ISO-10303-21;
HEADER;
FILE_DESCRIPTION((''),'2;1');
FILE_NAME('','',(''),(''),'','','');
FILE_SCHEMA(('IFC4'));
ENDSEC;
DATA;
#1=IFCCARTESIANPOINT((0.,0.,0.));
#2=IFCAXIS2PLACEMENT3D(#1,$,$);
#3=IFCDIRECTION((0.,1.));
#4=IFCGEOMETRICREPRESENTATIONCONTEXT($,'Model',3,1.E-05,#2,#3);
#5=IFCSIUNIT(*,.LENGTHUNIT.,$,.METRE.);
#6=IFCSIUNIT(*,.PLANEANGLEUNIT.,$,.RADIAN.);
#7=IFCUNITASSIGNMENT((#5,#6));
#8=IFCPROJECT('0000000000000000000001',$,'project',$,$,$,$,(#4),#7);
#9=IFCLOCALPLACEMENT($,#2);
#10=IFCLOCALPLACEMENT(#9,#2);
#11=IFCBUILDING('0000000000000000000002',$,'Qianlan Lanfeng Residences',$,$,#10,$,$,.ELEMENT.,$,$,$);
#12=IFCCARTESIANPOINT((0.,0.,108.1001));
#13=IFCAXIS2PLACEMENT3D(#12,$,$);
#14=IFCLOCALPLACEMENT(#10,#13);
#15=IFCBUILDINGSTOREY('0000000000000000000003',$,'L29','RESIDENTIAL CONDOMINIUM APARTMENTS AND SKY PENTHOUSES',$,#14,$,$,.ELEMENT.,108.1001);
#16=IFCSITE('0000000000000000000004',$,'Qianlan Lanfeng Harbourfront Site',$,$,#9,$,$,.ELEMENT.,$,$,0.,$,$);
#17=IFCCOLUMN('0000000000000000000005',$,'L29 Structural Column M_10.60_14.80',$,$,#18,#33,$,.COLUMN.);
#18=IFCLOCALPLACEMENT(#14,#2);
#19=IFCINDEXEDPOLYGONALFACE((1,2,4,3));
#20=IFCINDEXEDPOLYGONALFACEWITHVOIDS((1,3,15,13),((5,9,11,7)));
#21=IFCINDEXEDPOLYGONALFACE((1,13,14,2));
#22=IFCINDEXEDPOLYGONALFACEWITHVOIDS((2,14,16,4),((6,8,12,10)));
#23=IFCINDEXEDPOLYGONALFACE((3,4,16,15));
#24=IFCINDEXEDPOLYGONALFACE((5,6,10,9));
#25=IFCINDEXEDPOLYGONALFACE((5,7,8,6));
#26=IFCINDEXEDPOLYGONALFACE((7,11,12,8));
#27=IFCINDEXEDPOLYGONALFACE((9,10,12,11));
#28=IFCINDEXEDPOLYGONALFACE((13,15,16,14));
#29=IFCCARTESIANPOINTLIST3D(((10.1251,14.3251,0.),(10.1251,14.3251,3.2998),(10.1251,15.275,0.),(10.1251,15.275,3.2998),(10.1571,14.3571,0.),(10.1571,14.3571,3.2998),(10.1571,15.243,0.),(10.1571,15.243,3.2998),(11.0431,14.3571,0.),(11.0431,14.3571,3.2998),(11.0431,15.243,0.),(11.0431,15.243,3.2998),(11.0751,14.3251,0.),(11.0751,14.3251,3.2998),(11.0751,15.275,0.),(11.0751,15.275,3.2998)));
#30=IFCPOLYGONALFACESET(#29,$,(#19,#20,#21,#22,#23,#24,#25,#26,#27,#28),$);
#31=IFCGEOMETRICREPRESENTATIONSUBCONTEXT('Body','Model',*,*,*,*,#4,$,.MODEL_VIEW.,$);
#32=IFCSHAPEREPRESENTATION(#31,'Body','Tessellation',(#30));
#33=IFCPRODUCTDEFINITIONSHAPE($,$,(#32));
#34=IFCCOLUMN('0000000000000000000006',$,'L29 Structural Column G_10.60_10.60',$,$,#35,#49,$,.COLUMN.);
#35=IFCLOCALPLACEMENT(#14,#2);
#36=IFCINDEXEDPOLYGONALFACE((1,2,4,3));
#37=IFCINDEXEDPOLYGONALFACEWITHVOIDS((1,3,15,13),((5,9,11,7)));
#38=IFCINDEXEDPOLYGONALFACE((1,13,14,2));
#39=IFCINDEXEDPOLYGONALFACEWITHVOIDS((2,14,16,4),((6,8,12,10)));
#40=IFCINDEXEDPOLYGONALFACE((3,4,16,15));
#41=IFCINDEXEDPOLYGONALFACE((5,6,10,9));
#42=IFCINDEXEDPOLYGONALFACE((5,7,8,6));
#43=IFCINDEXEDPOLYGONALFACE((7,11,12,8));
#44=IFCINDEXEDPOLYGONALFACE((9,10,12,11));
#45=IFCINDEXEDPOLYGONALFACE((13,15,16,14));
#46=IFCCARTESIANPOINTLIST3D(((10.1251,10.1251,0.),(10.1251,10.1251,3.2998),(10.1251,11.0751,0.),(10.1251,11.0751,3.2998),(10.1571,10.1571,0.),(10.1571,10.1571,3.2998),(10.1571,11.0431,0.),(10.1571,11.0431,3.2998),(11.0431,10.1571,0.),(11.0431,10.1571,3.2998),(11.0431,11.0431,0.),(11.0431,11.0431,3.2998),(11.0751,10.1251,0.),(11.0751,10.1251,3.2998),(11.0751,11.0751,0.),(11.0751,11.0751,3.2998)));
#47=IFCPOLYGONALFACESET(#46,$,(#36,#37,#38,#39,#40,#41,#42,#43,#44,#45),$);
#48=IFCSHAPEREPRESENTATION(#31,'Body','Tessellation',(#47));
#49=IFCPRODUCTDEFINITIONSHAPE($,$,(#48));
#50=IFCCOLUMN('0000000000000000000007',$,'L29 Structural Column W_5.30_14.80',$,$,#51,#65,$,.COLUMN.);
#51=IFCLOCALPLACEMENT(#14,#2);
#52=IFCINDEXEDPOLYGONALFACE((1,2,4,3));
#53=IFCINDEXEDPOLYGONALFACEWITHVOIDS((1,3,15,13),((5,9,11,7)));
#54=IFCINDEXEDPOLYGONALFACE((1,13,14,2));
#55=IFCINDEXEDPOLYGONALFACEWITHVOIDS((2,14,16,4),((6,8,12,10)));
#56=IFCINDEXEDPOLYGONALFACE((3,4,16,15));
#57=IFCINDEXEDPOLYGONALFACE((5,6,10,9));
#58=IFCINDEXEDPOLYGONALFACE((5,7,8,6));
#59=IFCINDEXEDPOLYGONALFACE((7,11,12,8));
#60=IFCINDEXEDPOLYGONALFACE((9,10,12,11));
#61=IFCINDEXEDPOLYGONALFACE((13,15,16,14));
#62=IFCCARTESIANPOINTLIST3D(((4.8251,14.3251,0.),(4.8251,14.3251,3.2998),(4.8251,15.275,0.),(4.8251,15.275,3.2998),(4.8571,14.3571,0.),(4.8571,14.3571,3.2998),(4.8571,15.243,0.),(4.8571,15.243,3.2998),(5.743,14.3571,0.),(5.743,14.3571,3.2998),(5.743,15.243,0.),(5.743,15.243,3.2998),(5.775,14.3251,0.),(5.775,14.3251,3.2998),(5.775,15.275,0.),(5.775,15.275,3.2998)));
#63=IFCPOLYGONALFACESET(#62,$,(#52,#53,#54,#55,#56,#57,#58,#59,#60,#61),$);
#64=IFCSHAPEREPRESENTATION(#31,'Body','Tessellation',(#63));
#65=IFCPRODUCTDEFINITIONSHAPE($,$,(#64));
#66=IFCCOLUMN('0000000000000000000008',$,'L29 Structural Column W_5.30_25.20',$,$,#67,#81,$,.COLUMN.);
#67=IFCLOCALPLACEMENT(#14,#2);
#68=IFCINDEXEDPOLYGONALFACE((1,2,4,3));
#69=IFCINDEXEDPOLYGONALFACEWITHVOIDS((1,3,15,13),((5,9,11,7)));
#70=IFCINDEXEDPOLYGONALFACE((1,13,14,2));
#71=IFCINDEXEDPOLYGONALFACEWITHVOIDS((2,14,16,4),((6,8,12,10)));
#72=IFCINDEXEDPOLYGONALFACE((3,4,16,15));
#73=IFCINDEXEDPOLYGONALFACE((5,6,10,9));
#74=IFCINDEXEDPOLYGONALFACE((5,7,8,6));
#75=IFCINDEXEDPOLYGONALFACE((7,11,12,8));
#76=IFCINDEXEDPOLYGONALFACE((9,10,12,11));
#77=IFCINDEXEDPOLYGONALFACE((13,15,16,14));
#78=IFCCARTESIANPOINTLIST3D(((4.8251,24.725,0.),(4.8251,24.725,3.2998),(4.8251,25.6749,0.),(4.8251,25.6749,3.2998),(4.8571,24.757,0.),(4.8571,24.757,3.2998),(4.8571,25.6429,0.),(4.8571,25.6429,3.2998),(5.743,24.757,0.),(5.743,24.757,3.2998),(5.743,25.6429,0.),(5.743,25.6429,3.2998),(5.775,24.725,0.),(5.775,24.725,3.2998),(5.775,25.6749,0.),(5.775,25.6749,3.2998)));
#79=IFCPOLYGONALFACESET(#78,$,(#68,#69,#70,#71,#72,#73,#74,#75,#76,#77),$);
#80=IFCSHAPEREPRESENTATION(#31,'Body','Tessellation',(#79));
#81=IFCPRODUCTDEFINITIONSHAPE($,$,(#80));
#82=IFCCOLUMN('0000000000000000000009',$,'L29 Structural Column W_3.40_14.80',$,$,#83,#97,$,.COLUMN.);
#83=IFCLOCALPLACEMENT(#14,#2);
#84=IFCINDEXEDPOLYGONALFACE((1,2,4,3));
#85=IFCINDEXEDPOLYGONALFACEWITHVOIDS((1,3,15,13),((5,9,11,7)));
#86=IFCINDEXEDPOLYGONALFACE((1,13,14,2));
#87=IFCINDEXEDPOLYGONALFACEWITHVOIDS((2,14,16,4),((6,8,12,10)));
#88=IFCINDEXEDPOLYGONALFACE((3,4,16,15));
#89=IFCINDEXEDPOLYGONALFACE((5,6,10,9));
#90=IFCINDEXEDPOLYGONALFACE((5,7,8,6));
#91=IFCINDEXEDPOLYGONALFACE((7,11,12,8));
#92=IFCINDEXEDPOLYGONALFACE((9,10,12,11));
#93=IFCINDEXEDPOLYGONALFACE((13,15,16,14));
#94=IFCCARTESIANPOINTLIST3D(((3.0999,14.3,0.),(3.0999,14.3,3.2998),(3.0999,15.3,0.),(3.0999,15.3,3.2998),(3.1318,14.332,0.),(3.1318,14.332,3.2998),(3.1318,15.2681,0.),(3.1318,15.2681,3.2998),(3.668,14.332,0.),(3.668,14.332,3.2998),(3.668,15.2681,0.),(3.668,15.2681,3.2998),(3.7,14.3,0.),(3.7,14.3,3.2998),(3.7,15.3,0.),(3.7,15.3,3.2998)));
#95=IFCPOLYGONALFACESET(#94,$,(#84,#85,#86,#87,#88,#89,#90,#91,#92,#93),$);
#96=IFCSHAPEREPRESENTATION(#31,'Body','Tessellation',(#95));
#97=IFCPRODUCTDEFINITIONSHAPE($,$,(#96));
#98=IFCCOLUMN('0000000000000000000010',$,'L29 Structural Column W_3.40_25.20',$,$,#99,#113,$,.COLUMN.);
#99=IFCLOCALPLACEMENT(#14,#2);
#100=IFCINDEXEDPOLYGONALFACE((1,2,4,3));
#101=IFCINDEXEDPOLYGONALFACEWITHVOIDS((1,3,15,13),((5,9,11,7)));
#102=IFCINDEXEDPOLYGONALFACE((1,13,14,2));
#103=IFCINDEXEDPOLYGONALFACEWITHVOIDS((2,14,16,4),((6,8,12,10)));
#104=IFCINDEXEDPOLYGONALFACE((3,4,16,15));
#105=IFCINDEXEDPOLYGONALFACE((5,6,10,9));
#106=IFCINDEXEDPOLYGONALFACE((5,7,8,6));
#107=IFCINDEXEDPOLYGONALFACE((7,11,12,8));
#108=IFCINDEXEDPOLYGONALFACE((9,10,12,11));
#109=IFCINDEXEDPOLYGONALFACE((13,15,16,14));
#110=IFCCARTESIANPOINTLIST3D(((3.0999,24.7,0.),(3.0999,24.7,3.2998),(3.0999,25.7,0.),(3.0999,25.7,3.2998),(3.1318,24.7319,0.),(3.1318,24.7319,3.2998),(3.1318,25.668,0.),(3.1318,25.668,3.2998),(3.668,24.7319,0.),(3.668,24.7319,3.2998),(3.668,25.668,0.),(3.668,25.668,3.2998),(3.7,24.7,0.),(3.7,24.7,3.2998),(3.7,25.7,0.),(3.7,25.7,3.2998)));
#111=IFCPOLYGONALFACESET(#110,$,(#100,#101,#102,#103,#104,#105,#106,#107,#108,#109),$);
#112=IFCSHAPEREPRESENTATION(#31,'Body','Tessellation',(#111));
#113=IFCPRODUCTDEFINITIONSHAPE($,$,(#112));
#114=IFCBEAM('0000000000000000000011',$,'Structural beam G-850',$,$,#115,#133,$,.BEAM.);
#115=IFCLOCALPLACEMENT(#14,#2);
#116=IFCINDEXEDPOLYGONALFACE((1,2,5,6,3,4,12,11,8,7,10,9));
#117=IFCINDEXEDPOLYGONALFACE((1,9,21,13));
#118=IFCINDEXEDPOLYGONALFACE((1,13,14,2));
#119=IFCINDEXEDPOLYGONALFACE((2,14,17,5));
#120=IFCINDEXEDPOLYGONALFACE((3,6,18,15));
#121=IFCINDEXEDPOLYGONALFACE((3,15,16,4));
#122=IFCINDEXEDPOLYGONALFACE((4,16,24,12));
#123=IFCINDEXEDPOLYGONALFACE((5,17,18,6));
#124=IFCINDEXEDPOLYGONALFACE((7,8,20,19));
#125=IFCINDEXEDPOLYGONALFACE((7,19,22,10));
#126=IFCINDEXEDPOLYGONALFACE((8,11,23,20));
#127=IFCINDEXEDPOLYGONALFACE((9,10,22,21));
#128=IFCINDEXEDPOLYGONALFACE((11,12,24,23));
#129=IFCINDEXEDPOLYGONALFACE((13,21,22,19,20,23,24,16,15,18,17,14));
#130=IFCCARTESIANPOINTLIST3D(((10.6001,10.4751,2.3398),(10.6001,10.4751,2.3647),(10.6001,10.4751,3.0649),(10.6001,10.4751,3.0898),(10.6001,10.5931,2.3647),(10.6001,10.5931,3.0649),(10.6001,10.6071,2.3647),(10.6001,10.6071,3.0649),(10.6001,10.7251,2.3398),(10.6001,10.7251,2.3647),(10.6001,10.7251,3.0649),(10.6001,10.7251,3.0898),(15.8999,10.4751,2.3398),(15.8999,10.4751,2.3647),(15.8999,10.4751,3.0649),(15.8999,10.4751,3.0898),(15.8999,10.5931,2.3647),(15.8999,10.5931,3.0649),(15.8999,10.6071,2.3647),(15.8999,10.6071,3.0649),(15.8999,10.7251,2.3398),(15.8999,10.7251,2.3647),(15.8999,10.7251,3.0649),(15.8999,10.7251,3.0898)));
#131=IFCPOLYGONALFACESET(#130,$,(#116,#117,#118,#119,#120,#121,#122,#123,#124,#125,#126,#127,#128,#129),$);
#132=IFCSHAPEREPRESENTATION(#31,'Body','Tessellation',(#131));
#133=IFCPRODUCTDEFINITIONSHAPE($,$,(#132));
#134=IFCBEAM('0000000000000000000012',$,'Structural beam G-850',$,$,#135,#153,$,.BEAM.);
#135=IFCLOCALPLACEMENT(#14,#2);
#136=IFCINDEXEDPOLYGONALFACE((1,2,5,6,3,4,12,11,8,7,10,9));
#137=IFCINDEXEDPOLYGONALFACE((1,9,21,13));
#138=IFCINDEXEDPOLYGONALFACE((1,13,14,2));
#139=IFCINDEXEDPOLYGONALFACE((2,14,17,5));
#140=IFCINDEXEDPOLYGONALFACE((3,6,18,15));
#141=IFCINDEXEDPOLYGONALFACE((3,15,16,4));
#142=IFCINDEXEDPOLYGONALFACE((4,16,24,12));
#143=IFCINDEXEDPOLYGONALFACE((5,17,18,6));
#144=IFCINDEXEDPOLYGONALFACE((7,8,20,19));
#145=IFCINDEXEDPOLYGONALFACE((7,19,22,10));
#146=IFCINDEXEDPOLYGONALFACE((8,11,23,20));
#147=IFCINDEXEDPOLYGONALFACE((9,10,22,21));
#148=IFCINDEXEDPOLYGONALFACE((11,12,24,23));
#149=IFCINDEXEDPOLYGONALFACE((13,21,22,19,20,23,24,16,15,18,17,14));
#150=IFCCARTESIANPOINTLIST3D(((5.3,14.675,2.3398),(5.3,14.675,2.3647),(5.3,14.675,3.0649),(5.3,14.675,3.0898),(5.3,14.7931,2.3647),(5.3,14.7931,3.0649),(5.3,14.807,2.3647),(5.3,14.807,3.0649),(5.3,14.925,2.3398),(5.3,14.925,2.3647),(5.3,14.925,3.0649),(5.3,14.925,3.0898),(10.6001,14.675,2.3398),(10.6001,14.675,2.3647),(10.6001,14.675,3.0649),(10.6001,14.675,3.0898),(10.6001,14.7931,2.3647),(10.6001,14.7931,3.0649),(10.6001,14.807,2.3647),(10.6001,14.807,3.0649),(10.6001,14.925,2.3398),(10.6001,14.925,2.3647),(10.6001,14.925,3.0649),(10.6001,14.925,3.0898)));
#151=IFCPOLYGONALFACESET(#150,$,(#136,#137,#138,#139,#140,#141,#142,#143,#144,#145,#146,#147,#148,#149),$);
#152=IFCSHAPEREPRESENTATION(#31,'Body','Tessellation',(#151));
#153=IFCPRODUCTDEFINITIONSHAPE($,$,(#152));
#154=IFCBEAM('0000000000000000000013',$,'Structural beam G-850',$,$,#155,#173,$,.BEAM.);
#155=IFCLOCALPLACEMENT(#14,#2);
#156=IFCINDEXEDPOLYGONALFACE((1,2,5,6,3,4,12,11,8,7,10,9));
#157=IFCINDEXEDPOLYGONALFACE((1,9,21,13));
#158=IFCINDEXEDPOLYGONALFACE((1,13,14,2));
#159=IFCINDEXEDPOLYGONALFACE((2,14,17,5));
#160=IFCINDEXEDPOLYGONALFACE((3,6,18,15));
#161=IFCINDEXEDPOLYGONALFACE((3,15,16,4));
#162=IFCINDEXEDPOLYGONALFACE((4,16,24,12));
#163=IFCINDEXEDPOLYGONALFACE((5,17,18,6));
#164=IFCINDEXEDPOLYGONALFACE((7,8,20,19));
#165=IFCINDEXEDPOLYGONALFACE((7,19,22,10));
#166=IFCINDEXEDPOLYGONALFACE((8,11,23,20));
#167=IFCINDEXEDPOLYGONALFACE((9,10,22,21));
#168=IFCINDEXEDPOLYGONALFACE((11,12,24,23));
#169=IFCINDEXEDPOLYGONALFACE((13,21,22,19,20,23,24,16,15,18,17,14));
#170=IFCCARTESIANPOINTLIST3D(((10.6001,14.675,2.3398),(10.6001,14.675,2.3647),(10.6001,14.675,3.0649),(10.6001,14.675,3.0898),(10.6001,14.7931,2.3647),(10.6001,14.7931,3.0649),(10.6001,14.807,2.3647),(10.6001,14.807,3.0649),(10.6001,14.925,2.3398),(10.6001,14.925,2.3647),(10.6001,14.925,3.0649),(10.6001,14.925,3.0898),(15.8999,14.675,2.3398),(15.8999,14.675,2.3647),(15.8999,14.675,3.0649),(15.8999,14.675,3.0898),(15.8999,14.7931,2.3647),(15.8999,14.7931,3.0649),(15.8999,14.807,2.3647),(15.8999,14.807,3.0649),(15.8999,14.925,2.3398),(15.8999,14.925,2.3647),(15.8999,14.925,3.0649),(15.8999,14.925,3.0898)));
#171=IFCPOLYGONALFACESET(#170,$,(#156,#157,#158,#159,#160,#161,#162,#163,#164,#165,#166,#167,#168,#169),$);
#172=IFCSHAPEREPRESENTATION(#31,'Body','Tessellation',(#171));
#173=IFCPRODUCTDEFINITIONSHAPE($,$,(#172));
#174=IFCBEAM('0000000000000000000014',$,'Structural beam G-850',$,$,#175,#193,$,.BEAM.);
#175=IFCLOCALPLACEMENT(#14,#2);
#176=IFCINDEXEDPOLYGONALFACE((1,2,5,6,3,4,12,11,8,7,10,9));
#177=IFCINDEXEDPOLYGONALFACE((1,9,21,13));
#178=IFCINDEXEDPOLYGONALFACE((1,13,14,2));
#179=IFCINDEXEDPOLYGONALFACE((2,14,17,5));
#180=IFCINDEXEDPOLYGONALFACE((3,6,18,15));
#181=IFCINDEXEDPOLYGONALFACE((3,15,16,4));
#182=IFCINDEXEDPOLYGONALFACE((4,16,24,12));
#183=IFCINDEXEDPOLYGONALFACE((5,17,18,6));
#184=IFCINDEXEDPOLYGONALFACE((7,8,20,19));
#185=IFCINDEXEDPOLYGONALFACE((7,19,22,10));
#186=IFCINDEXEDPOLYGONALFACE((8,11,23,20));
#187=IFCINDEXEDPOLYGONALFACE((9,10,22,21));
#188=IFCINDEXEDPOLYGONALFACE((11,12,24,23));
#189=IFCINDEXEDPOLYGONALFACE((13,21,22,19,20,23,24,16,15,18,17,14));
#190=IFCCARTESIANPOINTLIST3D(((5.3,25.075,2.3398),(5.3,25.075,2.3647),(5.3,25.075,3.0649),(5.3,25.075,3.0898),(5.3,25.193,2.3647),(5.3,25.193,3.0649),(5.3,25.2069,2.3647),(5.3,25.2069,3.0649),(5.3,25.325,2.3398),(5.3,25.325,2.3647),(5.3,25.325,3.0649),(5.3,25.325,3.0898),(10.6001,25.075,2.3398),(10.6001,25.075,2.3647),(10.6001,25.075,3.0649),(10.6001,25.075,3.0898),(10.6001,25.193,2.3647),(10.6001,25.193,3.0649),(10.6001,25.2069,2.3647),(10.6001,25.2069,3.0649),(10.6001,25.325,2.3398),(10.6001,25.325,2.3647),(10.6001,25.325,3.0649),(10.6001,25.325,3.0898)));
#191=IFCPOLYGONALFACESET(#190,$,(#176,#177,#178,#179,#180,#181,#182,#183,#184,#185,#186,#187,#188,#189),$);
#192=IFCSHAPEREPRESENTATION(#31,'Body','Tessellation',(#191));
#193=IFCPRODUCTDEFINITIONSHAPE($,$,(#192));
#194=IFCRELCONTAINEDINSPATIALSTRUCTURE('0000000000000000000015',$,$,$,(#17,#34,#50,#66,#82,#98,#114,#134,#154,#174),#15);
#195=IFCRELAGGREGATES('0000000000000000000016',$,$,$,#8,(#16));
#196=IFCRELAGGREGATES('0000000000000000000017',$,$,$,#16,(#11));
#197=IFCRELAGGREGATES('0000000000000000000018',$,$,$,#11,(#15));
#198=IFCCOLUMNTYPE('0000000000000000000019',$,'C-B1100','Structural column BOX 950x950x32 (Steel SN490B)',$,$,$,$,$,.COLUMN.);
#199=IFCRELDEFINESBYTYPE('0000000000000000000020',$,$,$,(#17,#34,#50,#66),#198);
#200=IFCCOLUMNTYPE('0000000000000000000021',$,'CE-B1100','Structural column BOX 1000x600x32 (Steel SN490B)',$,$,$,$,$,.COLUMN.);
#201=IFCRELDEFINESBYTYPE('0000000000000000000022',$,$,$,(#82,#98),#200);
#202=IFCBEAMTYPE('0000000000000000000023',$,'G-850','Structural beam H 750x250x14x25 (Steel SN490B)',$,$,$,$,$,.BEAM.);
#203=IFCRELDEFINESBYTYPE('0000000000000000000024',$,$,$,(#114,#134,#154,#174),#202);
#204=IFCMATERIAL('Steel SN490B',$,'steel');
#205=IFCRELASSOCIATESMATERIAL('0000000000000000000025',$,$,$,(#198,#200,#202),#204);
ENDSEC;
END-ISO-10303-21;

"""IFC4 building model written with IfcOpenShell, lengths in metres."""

from ifc_helpers import new_model, si_unit, direction, frame, origin, origin_2d, place, context, subcontext, project, spatial, hollow_rectangle, i_section, extrude, material, material_profile, profile_set, type_object, element, save


model = new_model("IFC4")

# Units and contexts
model_context = context("Model", 3, precision=1e-05, world=origin(), true_north=direction((0.0, 1.0)))
body_context = subcontext(model_context, "Body", "Model", "MODEL_VIEW")
ifc_project = project(units=[si_unit("LENGTHUNIT", "METRE"), si_unit("PLANEANGLEUNIT", "RADIAN")], contexts=[model_context])

# Site, building, storey
site_placement = place(None, origin())
site = spatial("IfcSite", under=ifc_project, at=site_placement, Name="Qianlan Lanfeng Harbourfront Site", CompositionType="ELEMENT", RefElevation=0.0)
building_placement = place(site_placement, origin())
building = spatial("IfcBuilding", under=site, at=building_placement, Name="Qianlan Lanfeng Residences", CompositionType="ELEMENT")
storey_placement = place(building_placement, frame((0.0, 0.0, 108.1001)))
storey = spatial("IfcBuildingStorey", under=building, at=storey_placement, Name="L29", Description="RESIDENTIAL CONDOMINIUM APARTMENTS AND SKY PENTHOUSES", CompositionType="ELEMENT", Elevation=108.1001)

# Columns
ifc_material_1 = material(Name="Steel SN490B", Category="steel")
ifc_material_profile_1 = material_profile(ifc_material_1, hollow_rectangle(XDim=0.95, YDim=0.95, WallThickness=0.032, at=origin_2d()), Name="BOX 950x950x32")
ifc_profile_set_1 = profile_set([ifc_material_profile_1], Name="Steel SN490B")
column_type_1 = type_object("IfcColumnType", Name="C-B1100", Description="Structural column BOX 950x950x32 (Steel SN490B)", PredefinedType="COLUMN", material=ifc_profile_set_1)
for number, where, z_axis, x_axis, name in (
    (1, (10.6001, 14.8, 0.0), (0.0, 0.0, 1.0), (1.0, 0.0, 0.0), "L29 Structural Column M_10.60_14.80"),
    (2, (10.6001, 10.6001, 0.0), (0.0, 0.0, 1.0), (1.0, 0.0, 0.0), "L29 Structural Column G_10.60_10.60"),
    (3, (5.3, 14.8, 0.0), (0.0, 0.0, 1.0), (1.0, 0.0, 0.0), "L29 Structural Column W_5.30_14.80"),
    (4, (5.3, 25.2, 0.0), (0.0, 0.0, 1.0), (1.0, 0.0, 0.0), "L29 Structural Column W_5.30_25.20"),
):
    element("IfcColumn", number, at=place(storey_placement, frame(where, z_axis=z_axis, x_axis=x_axis)), inside=storey, type_object=column_type_1, Name=name, PredefinedType="COLUMN", context=body_context, shape_type="SweptSolid", body=[
        extrude(hollow_rectangle(XDim=0.95, YDim=0.95, WallThickness=0.032, at=origin_2d()), origin(), (0.0, 0.0, 1.0), 3.2998),
    ])
ifc_material_profile_2 = material_profile(ifc_material_1, hollow_rectangle(XDim=0.6001, YDim=1.0, WallThickness=0.032, at=origin_2d()), Name="BOX 1000x600x32")
ifc_profile_set_2 = profile_set([ifc_material_profile_2], Name="Steel SN490B")
column_type_2 = type_object("IfcColumnType", Name="CE-B1100", Description="Structural column BOX 1000x600x32 (Steel SN490B)", PredefinedType="COLUMN", material=ifc_profile_set_2)
for number, where, z_axis, x_axis, name in (
    (5, (3.3999, 14.8, 0.0), (0.0, 0.0, 1.0), (1.0, 0.0, 0.0), "L29 Structural Column W_3.40_14.80"),
    (6, (3.3999, 25.2, 0.0), (0.0, 0.0, 1.0), (1.0, 0.0, 0.0), "L29 Structural Column W_3.40_25.20"),
):
    element("IfcColumn", number, at=place(storey_placement, frame(where, z_axis=z_axis, x_axis=x_axis)), inside=storey, type_object=column_type_2, Name=name, PredefinedType="COLUMN", context=body_context, shape_type="SweptSolid", body=[
        extrude(hollow_rectangle(XDim=0.6001, YDim=1.0, WallThickness=0.032, at=origin_2d()), origin(), (0.0, 0.0, 1.0), 3.2998),
    ])

# Beams
ifc_material_profile_3 = material_profile(ifc_material_1, i_section(OverallWidth=0.25, OverallDepth=0.75, WebThickness=0.0139, FlangeThickness=0.0249, at=origin_2d()), Name="H 750x250x14x25")
ifc_profile_set_3 = profile_set([ifc_material_profile_3], Name="Steel SN490B")
beam_type_1 = type_object("IfcBeamType", Name="G-850", Description="Structural beam H 750x250x14x25 (Steel SN490B)", PredefinedType="BEAM", material=ifc_profile_set_3)
beam_1_placement = place(storey_placement, frame((10.6001, 10.6001, 2.7148), z_axis=(1.0, 0.0, 0.0), x_axis=(0.0, 1.0, 0.0)))
element("IfcBeam", 7, at=beam_1_placement, inside=storey, type_object=beam_type_1, Name="Structural beam G-850", PredefinedType="BEAM", context=body_context, shape_type="SweptSolid", body=[
    extrude(i_section(OverallWidth=0.25, OverallDepth=0.75, WebThickness=0.0139, FlangeThickness=0.0249, at=origin_2d()), origin(), (0.0, 0.0, 1.0), 5.2998),
])
beam_2_placement = place(storey_placement, frame((5.3, 14.8, 2.7148), z_axis=(1.0, 0.0, 0.0), x_axis=(0.0, 1.0, 0.0)))
element("IfcBeam", 8, at=beam_2_placement, inside=storey, type_object=beam_type_1, Name="Structural beam G-850", PredefinedType="BEAM", context=body_context, shape_type="SweptSolid", body=[
    extrude(i_section(OverallWidth=0.25, OverallDepth=0.75, WebThickness=0.0139, FlangeThickness=0.0249, at=origin_2d()), origin(), (0.0, 0.0, 1.0), 5.3),
])
beam_3_placement = place(storey_placement, frame((10.6001, 14.8, 2.7148), z_axis=(1.0, 0.0, 0.0), x_axis=(0.0, 1.0, 0.0)))
element("IfcBeam", 9, at=beam_3_placement, inside=storey, type_object=beam_type_1, Name="Structural beam G-850", PredefinedType="BEAM", context=body_context, shape_type="SweptSolid", body=[
    extrude(i_section(OverallWidth=0.25, OverallDepth=0.75, WebThickness=0.0139, FlangeThickness=0.0249, at=origin_2d()), origin(), (0.0, 0.0, 1.0), 5.2998),
])
beam_4_placement = place(storey_placement, frame((5.3, 25.2, 2.7148), z_axis=(1.0, 0.0, 0.0), x_axis=(0.0, 1.0, 0.0)))
element("IfcBeam", 10, at=beam_4_placement, inside=storey, type_object=beam_type_1, Name="Structural beam G-850", PredefinedType="BEAM", context=body_context, shape_type="SweptSolid", body=[
    extrude(i_section(OverallWidth=0.25, OverallDepth=0.75, WebThickness=0.0139, FlangeThickness=0.0249, at=origin_2d()), origin(), (0.0, 0.0, 1.0), 5.3),
])

save(model, "model.ifc")
